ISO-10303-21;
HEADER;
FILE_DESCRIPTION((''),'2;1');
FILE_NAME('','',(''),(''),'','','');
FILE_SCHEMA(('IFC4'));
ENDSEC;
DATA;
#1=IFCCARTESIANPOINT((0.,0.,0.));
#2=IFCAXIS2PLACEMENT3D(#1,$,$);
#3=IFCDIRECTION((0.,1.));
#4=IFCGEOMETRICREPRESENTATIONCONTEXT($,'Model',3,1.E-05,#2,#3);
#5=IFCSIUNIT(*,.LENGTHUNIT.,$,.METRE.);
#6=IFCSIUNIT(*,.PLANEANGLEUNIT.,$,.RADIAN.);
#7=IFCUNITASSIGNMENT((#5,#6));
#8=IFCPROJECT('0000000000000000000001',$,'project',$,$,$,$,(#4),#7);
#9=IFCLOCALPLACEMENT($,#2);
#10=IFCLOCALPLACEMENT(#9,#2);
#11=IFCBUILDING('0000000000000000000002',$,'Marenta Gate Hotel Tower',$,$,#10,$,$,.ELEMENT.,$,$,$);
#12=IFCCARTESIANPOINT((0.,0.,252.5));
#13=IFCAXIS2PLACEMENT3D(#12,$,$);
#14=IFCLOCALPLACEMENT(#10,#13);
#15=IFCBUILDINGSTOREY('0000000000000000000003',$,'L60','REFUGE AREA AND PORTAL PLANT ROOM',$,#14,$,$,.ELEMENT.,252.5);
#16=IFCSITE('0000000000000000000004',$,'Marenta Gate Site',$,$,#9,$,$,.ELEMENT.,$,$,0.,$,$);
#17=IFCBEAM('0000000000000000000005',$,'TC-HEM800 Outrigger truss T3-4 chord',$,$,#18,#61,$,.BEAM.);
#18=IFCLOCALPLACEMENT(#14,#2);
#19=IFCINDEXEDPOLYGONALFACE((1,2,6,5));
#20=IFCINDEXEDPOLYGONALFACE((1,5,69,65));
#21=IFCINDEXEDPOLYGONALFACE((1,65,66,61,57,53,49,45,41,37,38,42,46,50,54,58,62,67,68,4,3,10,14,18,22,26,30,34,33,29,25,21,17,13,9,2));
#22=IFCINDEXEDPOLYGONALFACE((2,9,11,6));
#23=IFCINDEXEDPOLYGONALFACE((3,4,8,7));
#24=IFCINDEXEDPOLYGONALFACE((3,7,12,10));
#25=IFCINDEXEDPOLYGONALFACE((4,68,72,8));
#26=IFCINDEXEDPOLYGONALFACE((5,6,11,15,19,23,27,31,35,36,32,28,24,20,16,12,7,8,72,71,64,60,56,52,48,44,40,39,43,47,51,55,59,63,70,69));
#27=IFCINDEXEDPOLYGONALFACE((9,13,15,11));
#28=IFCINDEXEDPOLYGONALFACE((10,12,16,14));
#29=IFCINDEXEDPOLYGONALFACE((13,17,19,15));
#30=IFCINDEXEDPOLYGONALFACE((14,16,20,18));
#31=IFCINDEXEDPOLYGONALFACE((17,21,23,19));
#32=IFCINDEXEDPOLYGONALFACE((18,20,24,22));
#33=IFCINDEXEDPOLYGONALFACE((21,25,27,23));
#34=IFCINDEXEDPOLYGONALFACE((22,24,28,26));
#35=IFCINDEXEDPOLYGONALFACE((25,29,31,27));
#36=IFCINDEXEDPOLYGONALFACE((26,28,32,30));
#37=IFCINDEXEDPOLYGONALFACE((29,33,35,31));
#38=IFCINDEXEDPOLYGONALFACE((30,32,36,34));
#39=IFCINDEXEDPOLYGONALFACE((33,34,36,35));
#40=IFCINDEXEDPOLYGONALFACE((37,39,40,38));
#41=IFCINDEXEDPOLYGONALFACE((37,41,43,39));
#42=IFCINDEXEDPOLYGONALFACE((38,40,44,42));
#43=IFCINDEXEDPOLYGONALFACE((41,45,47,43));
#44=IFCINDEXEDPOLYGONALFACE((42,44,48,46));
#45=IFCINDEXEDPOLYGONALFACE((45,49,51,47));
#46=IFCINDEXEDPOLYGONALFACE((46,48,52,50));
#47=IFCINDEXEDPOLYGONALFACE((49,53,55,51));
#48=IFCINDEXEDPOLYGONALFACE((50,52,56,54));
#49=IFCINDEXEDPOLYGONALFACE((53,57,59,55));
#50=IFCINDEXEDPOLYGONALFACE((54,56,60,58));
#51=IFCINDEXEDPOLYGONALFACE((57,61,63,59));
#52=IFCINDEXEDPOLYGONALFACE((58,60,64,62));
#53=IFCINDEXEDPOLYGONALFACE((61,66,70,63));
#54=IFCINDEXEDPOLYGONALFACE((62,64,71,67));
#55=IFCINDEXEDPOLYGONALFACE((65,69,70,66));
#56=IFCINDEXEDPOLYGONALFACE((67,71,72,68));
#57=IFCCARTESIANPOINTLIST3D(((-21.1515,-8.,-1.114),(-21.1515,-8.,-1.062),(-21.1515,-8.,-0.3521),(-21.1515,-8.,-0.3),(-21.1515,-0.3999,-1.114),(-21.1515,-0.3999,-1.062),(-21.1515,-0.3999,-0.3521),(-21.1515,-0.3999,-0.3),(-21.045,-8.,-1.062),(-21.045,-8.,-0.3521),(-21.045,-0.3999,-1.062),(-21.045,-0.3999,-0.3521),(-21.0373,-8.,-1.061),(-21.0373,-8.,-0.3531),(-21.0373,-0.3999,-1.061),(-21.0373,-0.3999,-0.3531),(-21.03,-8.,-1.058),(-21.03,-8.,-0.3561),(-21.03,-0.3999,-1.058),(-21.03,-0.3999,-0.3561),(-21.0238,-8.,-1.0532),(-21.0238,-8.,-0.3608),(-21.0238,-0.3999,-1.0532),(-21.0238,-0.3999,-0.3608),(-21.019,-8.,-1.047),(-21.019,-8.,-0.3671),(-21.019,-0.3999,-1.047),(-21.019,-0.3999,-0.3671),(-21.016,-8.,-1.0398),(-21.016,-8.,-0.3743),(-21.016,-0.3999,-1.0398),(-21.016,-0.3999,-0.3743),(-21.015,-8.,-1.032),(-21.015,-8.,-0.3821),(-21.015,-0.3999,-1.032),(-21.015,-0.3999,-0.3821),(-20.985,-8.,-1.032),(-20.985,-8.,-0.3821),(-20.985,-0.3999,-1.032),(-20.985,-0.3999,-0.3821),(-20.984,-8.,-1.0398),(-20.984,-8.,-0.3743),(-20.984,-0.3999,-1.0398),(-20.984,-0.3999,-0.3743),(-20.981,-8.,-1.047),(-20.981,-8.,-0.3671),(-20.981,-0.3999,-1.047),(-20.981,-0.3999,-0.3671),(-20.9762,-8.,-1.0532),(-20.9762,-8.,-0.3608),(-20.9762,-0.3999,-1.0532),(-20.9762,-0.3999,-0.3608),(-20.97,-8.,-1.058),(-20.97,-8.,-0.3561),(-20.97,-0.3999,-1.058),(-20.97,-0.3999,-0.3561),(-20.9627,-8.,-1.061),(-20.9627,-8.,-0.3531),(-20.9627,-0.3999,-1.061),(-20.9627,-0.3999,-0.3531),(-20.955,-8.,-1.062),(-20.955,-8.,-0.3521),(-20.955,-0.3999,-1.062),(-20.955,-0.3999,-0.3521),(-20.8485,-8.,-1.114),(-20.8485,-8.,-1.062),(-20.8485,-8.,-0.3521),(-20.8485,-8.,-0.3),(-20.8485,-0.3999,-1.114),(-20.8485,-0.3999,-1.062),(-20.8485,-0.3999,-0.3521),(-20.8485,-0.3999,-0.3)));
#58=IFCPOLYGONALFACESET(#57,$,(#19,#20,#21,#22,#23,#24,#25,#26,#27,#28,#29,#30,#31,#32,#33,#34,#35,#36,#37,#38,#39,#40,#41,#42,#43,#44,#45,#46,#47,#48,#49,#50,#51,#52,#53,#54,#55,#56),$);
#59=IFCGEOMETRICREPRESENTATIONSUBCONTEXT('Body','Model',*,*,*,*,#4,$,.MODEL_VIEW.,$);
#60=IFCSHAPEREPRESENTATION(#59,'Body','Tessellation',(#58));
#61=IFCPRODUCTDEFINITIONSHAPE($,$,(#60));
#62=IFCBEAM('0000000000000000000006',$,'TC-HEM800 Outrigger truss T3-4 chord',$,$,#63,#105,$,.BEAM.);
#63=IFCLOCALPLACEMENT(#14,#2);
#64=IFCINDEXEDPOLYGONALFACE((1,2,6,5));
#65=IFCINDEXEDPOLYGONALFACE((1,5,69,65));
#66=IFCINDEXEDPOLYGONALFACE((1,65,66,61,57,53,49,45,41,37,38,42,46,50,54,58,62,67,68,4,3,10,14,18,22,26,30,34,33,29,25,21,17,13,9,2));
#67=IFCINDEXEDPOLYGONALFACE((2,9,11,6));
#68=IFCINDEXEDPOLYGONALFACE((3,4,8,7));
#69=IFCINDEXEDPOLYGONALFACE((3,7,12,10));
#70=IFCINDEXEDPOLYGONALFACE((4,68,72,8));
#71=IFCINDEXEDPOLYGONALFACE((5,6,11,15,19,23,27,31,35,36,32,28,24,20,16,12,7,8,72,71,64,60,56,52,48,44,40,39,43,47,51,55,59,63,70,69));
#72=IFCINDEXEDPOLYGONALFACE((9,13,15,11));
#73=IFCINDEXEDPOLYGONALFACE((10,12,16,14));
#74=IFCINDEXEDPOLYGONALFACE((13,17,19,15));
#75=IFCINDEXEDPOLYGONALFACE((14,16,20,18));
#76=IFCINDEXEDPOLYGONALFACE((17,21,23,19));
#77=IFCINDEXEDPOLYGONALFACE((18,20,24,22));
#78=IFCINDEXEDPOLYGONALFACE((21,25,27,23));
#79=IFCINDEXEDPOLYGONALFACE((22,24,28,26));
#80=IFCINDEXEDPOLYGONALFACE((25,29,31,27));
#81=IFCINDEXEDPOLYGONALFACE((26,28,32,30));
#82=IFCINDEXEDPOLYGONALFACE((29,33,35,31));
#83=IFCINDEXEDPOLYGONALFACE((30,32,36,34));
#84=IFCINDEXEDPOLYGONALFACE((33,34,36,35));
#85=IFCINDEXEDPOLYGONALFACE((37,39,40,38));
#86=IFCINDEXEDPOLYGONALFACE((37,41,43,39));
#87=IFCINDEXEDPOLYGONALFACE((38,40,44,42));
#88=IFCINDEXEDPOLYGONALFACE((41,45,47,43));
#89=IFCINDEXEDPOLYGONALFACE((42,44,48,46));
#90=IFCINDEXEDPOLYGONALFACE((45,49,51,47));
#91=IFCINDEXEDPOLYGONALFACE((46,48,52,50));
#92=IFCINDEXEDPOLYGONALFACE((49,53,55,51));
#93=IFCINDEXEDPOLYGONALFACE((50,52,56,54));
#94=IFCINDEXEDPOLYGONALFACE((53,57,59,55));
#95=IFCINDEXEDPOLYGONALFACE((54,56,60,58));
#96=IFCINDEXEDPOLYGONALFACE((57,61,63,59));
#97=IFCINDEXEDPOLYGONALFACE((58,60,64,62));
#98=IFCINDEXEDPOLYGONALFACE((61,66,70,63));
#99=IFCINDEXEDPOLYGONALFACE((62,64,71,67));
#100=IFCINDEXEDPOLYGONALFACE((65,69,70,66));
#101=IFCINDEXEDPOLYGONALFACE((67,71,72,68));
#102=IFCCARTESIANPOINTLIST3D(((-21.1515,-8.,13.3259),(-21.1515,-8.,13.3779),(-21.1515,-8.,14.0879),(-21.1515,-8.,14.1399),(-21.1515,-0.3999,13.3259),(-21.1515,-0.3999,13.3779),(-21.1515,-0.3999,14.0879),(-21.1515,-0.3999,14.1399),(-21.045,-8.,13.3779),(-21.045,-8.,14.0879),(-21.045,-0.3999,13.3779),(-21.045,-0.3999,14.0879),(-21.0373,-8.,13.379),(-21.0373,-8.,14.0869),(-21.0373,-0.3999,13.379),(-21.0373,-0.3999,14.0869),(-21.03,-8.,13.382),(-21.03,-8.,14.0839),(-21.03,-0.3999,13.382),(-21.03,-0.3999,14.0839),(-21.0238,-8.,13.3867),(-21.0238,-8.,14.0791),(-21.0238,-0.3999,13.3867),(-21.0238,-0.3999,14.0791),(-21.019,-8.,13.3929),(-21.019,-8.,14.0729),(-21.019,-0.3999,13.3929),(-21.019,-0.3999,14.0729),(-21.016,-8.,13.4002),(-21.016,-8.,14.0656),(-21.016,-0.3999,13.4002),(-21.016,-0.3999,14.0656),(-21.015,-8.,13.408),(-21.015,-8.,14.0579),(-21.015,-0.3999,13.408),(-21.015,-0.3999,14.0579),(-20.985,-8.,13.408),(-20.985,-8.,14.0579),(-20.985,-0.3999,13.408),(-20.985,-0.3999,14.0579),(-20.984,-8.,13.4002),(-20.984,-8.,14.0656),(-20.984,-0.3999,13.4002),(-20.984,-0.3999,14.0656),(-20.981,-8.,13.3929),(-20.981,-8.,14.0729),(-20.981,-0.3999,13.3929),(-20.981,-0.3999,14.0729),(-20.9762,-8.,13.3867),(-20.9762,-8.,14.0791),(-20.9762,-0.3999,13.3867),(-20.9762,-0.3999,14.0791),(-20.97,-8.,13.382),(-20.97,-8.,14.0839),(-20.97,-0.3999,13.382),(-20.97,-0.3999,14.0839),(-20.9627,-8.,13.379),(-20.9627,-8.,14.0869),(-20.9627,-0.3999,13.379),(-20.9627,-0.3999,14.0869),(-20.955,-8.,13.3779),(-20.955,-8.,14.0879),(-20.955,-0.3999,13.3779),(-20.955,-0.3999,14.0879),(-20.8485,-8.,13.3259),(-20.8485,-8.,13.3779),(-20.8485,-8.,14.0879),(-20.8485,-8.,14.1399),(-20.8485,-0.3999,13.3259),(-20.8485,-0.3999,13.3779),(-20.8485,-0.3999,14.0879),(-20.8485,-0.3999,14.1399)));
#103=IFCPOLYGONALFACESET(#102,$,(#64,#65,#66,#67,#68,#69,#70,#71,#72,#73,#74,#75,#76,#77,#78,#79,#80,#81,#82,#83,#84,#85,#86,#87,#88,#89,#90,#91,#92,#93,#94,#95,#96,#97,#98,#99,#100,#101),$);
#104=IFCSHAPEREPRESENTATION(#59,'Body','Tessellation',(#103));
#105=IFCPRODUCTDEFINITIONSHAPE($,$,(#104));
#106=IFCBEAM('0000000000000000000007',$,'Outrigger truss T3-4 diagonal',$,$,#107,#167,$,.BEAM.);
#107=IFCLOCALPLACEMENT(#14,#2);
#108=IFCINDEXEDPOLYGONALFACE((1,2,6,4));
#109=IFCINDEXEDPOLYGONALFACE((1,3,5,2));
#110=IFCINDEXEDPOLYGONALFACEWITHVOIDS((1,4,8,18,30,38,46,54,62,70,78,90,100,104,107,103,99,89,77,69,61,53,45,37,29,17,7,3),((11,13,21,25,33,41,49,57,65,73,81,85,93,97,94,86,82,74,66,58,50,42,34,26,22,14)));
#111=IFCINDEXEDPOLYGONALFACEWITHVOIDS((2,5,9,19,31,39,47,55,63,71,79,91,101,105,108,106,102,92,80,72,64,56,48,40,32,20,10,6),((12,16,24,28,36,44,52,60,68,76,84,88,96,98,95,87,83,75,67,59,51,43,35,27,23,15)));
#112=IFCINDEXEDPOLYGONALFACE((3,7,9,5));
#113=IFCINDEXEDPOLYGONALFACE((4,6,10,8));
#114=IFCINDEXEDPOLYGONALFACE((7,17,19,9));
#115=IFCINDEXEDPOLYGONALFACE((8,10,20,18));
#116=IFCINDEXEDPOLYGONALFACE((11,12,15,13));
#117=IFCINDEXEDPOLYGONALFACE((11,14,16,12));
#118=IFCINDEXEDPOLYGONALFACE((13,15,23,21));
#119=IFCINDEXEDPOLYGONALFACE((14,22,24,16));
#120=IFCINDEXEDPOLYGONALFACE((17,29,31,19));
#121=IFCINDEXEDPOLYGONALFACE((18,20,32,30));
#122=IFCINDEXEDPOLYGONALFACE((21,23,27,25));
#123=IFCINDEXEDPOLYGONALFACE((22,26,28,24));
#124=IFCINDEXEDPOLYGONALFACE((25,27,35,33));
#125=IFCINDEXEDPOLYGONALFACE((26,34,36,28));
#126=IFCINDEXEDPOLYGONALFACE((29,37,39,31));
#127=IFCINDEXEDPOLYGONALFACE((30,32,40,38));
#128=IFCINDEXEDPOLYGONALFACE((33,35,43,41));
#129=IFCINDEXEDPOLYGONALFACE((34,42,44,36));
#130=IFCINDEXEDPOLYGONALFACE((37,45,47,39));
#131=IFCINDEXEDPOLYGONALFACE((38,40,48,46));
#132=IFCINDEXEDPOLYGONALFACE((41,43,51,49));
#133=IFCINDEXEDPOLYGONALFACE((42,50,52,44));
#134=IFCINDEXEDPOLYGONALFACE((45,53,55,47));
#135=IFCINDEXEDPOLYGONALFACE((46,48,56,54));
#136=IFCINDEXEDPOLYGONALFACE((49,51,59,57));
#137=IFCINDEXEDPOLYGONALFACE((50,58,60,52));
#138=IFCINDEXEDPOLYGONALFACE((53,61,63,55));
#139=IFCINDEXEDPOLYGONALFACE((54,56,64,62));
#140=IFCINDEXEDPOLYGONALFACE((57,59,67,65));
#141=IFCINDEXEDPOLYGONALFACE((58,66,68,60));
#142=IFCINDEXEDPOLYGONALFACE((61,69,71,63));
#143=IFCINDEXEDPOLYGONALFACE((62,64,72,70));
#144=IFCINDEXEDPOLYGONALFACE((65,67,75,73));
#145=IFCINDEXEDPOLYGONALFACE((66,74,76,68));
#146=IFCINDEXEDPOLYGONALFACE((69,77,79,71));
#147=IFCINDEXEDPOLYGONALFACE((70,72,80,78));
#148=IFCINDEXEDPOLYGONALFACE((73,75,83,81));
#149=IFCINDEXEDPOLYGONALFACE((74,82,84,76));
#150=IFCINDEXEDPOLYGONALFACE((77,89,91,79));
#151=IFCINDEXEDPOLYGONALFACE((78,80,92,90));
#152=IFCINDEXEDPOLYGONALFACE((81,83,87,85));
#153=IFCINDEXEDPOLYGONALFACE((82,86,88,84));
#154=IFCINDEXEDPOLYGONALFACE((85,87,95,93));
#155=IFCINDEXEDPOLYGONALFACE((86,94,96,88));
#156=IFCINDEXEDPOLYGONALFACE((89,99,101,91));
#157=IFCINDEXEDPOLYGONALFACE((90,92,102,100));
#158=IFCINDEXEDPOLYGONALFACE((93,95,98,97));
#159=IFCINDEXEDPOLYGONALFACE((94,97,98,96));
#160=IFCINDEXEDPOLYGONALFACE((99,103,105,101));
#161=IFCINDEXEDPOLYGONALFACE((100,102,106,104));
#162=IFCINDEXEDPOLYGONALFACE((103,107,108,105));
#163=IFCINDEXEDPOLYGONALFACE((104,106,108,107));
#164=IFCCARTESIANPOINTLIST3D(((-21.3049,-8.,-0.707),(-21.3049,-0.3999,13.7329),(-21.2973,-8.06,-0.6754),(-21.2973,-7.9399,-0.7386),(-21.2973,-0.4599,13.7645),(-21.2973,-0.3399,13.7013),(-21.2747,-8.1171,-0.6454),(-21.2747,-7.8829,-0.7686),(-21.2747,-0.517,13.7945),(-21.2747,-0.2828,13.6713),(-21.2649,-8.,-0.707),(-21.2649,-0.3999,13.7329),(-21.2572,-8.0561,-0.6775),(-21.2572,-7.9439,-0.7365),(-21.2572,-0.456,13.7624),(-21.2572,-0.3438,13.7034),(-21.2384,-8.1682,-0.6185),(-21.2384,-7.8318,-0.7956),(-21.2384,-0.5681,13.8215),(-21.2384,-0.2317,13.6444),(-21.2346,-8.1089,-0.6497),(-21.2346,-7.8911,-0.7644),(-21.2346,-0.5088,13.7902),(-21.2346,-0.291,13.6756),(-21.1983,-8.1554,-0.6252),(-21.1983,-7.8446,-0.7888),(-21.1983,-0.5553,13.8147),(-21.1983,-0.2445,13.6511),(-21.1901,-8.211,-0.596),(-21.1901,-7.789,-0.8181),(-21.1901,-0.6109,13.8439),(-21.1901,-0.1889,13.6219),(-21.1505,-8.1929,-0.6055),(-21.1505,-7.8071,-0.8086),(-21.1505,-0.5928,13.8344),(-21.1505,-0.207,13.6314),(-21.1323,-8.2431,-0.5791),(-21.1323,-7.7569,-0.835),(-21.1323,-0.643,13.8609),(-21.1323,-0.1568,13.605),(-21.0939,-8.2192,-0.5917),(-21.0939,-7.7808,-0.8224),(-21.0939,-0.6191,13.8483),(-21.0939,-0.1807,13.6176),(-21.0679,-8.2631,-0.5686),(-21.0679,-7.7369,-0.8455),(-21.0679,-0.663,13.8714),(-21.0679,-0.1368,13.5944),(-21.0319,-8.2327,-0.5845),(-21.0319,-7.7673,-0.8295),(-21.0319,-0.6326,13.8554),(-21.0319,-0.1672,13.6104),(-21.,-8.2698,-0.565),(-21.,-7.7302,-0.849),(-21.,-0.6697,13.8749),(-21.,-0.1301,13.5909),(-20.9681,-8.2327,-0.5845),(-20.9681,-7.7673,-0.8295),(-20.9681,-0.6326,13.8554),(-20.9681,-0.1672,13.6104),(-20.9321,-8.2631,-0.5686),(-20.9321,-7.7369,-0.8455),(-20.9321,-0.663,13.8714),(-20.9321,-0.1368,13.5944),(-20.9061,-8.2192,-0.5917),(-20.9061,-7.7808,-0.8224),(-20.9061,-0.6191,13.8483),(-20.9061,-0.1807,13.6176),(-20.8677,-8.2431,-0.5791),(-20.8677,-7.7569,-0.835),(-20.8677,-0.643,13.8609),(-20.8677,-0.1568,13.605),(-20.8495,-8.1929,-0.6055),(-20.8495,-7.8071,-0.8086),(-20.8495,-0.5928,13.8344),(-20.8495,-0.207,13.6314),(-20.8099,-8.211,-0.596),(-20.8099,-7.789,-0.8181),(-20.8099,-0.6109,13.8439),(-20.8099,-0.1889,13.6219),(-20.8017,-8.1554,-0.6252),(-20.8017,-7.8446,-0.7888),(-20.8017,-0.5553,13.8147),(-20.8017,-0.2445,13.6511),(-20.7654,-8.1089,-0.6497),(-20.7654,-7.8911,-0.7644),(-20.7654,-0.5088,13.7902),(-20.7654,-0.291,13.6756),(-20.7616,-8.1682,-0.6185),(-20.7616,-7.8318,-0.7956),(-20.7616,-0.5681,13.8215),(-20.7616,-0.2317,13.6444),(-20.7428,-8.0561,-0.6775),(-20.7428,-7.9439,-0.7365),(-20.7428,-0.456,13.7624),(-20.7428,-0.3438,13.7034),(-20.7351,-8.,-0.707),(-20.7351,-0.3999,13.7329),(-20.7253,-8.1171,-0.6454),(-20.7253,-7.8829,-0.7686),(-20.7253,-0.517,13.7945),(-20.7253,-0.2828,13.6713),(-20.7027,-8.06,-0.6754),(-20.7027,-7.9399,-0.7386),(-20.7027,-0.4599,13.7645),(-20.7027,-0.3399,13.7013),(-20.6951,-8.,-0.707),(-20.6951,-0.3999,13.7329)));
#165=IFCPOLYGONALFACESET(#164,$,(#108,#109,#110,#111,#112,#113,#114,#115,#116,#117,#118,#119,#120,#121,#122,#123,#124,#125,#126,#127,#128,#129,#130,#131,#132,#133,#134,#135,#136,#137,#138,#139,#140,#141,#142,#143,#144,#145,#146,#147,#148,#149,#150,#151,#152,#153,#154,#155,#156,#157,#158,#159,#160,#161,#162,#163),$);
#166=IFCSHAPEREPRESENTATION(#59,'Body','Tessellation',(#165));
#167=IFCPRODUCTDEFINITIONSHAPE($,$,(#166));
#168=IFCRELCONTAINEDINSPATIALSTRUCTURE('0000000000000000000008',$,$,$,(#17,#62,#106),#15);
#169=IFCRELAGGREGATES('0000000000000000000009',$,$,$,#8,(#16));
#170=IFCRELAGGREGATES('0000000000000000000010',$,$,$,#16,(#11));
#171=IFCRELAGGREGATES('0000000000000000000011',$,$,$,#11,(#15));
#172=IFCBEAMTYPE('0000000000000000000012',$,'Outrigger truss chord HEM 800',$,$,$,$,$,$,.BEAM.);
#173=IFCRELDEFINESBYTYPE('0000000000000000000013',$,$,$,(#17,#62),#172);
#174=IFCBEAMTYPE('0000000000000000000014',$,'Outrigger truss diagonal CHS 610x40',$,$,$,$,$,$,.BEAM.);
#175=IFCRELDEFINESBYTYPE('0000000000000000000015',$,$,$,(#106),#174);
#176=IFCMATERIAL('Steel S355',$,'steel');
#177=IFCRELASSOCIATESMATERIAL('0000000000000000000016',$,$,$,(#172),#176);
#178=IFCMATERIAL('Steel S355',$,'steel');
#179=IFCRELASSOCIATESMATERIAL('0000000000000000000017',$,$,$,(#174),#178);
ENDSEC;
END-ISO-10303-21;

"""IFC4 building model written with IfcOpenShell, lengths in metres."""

from ifc_helpers import new_model, si_unit, direction, frame, origin, origin_2d, place, context, subcontext, project, spatial, hollow_circle, i_section, extrude, material, material_profile, profile_set, type_object, element, save


model = new_model("IFC4")

# Units and contexts
model_context = context("Model", 3, precision=1e-05, world=origin(), true_north=direction((0.0, 1.0)))
body_context = subcontext(model_context, "Body", "Model", "MODEL_VIEW")
ifc_project = project(units=[si_unit("LENGTHUNIT", "METRE"), si_unit("PLANEANGLEUNIT", "RADIAN")], contexts=[model_context])

# Site, building, storey
site_placement = place(None, origin())
site = spatial("IfcSite", under=ifc_project, at=site_placement, Name="Marenta Gate Site", CompositionType="ELEMENT", RefElevation=0.0)
building_placement = place(site_placement, origin())
building = spatial("IfcBuilding", under=site, at=building_placement, Name="Marenta Gate Hotel Tower", CompositionType="ELEMENT")
storey_placement = place(building_placement, frame((0.0, 0.0, 252.5)))
storey = spatial("IfcBuildingStorey", under=building, at=storey_placement, Name="L60", Description="REFUGE AREA AND PORTAL PLANT ROOM", CompositionType="ELEMENT", Elevation=252.5)

# Beams
ifc_material_1 = material(Name="Steel S355", Category="steel")
ifc_material_profile_1 = material_profile(ifc_material_1, i_section(OverallWidth=0.303, OverallDepth=0.814, WebThickness=0.03, FlangeThickness=0.052, FilletRadius=0.03, at=origin_2d()), Name="HEM 800")
ifc_profile_set_1 = profile_set([ifc_material_profile_1], Name="Steel S355")
beam_type_1 = type_object("IfcBeamType", Name="Outrigger truss chord HEM 800", PredefinedType="BEAM", material=ifc_profile_set_1)
for number, where, z_axis, x_axis, name in (
    (1, (-21.0, -0.3999, -0.707), (0.0, -1.0, 0.0), (1.0, 0.0, 0.0), "TC-HEM800 Outrigger truss T3-4 chord"),
    (2, (-21.0, -0.3999, 13.7329), (0.0, -1.0, 0.0), (1.0, 0.0, 0.0), "TC-HEM800 Outrigger truss T3-4 chord"),
):
    element("IfcBeam", number, at=place(storey_placement, frame(where, z_axis=z_axis, x_axis=x_axis)), inside=storey, type_object=beam_type_1, Name=name, PredefinedType="BEAM", context=body_context, shape_type="SweptSolid", body=[
        extrude(i_section(OverallWidth=0.303, OverallDepth=0.814, WebThickness=0.03, FlangeThickness=0.052, FilletRadius=0.03, at=origin_2d()), origin(), (0.0, 0.0, 1.0), 7.6001),
    ])
ifc_material_2 = material(Name="Steel S355", Category="steel")
ifc_material_profile_2 = material_profile(ifc_material_2, hollow_circle(Radius=0.3049, WallThickness=0.04, at=origin_2d()), Name="CHS 610x40")
ifc_profile_set_2 = profile_set([ifc_material_profile_2], Name="Steel S355")
beam_type_2 = type_object("IfcBeamType", Name="Outrigger truss diagonal CHS 610x40", PredefinedType="BEAM", material=ifc_profile_set_2)
beam_1_placement = place(storey_placement, frame((-21.0, -0.3999, 13.7329), z_axis=(0.0, -0.465753, -0.884915), x_axis=(1.0, 0.0, 0.0)))
element("IfcBeam", 3, at=beam_1_placement, inside=storey, type_object=beam_type_2, Name="Outrigger truss T3-4 diagonal", PredefinedType="BEAM", context=body_context, shape_type="SweptSolid", body=[
    extrude(hollow_circle(Radius=0.3049, WallThickness=0.04, at=origin_2d()), origin(), (0.0, 0.0, 1.0), 16.3179),
])

save(model, "model.ifc")
